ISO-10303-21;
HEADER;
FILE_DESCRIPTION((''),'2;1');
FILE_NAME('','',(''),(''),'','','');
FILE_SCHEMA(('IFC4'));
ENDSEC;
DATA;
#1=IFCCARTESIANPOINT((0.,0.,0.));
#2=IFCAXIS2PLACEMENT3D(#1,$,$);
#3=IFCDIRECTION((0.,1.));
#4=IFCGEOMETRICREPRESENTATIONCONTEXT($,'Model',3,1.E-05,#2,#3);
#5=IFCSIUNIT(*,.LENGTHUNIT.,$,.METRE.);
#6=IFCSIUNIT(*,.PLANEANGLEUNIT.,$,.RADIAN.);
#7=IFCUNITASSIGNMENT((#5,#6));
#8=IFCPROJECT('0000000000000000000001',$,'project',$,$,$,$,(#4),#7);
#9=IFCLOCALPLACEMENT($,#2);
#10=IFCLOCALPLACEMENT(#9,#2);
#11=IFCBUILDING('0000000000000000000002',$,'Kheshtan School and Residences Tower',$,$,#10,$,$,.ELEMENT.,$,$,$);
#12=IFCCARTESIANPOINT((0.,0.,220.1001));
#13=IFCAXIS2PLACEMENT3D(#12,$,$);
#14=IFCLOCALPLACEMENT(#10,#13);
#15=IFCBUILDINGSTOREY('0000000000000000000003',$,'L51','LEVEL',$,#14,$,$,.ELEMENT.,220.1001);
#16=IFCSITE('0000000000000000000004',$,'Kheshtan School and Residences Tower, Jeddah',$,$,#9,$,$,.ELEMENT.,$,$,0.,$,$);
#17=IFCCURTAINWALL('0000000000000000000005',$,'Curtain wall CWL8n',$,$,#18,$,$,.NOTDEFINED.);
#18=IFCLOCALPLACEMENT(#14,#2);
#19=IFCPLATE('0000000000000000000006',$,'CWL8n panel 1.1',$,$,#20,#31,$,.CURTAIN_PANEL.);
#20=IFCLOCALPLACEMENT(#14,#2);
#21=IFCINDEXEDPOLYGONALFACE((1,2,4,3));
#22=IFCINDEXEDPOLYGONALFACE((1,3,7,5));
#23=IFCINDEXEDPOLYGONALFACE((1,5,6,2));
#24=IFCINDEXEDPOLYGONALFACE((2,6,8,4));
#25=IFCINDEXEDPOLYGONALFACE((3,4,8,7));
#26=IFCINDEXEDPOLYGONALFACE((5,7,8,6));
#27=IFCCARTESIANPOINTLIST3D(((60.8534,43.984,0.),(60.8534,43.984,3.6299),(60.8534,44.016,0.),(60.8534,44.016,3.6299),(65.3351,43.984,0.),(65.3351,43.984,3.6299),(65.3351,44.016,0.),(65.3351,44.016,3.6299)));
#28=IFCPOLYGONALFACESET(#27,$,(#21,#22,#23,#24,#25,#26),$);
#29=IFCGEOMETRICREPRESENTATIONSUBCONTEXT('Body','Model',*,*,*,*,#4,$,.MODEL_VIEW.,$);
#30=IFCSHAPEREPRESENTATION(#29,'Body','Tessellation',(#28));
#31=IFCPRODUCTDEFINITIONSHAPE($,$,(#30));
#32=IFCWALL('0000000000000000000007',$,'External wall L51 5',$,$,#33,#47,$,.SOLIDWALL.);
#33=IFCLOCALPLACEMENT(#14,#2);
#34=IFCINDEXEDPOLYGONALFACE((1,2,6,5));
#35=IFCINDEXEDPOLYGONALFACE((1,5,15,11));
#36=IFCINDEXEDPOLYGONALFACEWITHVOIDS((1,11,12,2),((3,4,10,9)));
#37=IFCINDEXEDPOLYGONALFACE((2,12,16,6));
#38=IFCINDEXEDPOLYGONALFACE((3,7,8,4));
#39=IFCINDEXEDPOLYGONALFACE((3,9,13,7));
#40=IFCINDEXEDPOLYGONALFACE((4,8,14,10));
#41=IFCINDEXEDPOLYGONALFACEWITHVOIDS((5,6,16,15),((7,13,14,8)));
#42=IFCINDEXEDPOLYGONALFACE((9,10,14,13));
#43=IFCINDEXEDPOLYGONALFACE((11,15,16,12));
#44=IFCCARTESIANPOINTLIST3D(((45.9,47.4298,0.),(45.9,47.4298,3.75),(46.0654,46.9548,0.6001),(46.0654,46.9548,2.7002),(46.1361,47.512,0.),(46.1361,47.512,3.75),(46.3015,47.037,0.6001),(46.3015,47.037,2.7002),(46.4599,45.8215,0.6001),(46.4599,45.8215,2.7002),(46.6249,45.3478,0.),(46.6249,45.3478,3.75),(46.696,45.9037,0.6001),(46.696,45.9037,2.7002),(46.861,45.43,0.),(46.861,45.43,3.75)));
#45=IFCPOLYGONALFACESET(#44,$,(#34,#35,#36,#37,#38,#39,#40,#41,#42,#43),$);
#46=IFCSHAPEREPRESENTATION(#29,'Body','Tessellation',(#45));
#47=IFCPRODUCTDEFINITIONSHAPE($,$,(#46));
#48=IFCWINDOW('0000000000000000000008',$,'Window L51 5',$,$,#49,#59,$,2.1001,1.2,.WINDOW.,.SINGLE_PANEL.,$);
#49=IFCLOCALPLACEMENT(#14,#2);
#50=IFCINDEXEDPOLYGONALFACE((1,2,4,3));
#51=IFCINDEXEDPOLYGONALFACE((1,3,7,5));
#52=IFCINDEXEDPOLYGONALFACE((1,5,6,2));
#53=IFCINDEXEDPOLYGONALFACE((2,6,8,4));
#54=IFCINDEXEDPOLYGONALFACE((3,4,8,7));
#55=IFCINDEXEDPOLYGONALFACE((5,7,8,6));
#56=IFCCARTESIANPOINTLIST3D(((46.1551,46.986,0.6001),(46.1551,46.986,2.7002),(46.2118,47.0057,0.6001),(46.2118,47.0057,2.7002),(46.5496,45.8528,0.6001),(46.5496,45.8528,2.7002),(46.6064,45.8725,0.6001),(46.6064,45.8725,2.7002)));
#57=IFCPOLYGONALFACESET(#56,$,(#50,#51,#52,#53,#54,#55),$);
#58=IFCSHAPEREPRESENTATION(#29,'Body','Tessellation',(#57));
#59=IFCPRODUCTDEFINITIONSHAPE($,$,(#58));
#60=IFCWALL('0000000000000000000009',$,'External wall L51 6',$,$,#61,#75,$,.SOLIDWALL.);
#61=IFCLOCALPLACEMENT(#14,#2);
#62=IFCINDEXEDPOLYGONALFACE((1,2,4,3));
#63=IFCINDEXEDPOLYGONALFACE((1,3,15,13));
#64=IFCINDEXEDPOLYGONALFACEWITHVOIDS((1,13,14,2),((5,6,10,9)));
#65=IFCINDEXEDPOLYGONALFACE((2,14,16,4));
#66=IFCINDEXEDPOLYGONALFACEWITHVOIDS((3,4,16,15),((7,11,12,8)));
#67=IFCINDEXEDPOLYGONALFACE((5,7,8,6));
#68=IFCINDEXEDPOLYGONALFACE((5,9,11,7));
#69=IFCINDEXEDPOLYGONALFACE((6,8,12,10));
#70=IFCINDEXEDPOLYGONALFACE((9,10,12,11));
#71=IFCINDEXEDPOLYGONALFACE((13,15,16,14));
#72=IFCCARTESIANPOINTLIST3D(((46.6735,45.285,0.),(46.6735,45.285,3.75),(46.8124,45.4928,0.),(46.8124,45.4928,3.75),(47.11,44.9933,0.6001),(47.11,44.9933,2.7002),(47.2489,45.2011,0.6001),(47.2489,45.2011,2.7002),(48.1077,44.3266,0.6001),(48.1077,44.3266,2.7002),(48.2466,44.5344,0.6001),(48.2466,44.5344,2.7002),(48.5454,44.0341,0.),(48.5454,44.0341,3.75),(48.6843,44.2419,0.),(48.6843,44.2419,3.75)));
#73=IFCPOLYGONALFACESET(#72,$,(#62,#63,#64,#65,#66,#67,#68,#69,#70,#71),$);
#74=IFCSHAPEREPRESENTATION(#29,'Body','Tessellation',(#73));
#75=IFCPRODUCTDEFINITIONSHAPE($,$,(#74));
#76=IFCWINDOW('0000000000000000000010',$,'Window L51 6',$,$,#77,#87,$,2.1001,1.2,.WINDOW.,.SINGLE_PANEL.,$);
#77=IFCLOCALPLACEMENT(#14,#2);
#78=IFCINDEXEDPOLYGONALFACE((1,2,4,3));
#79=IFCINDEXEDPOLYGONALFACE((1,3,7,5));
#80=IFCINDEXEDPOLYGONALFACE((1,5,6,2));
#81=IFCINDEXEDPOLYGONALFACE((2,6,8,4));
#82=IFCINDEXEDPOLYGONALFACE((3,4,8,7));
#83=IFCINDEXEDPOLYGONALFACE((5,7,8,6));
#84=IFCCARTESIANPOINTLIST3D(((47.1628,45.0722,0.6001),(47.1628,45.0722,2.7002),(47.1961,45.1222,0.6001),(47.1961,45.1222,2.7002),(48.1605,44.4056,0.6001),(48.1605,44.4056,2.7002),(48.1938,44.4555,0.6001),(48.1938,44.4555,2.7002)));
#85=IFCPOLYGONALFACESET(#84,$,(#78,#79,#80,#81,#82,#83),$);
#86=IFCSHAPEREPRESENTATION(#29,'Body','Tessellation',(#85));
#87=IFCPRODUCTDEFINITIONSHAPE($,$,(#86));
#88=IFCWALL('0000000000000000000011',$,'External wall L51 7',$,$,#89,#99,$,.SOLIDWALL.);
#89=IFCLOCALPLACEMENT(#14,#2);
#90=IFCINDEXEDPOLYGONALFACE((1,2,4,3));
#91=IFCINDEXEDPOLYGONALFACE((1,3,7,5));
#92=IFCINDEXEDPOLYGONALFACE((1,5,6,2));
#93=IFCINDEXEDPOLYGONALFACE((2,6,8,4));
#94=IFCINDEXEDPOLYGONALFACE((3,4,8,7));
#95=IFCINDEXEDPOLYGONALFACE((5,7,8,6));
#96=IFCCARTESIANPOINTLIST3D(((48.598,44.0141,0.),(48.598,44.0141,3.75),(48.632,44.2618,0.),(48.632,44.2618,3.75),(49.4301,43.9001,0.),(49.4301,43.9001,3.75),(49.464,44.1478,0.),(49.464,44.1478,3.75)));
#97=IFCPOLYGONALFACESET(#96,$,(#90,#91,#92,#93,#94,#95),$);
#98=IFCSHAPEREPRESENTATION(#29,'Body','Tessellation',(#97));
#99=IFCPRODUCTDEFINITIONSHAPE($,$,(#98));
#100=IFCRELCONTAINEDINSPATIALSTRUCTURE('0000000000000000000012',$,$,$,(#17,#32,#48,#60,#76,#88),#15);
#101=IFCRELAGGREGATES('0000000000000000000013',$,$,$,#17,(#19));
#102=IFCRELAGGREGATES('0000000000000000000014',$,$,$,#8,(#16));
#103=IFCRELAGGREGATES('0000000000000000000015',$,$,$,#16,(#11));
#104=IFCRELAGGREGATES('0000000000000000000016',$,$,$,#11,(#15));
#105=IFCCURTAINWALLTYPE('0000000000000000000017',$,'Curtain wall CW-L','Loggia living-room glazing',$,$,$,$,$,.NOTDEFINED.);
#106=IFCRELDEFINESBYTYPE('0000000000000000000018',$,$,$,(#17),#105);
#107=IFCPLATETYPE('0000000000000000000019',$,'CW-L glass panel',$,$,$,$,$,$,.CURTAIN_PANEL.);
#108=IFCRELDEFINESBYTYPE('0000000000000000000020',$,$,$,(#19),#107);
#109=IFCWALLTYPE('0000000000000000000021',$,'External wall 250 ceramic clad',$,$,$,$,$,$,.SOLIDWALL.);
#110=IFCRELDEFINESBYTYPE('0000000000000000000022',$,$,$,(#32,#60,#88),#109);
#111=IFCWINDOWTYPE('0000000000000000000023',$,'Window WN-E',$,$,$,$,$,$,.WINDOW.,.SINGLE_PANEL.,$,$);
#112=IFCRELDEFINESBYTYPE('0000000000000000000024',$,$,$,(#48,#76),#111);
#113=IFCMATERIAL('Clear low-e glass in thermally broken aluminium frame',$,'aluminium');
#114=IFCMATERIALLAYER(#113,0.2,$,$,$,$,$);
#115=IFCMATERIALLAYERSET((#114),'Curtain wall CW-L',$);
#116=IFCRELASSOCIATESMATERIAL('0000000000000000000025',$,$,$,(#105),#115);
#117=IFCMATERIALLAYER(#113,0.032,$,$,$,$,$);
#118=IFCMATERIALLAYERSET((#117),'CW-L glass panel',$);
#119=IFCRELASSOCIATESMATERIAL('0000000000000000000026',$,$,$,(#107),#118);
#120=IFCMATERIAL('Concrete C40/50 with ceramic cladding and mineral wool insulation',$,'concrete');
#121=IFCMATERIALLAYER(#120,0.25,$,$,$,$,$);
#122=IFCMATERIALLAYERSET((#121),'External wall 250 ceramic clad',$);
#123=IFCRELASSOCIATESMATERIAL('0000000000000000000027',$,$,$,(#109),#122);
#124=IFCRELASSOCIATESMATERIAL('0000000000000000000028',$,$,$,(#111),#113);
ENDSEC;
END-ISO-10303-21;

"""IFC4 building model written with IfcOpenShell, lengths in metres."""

from ifc_helpers import new_model, si_unit, direction, frame, frame_2d, origin, origin_2d, place, context, subcontext, project, spatial, rectangle, extrude, source, transform, mapped, material, layer, layer_set, type_object, element, fill, aggregate, save


model = new_model("IFC4")

# Units and contexts
model_context = context("Model", 3, precision=1e-05, world=origin(), true_north=direction((0.0, 1.0)))
body_context = subcontext(model_context, "Body", "Model", "MODEL_VIEW")
ifc_project = project(units=[si_unit("LENGTHUNIT", "METRE"), si_unit("PLANEANGLEUNIT", "RADIAN")], contexts=[model_context])

# Site, building, storey
site_placement = place(None, origin())
site = spatial("IfcSite", under=ifc_project, at=site_placement, Name="Kheshtan School and Residences Tower, Jeddah", CompositionType="ELEMENT", RefElevation=0.0)
building_placement = place(site_placement, origin())
building = spatial("IfcBuilding", under=site, at=building_placement, Name="Kheshtan School and Residences Tower", CompositionType="ELEMENT")
storey_placement = place(building_placement, frame((0.0, 0.0, 220.1001)))
storey = spatial("IfcBuildingStorey", under=building, at=storey_placement, Name="L51", Description="LEVEL", CompositionType="ELEMENT", Elevation=220.1001)

# Shared definitions
ifc_material_1 = material(Name="Clear low-e glass in thermally broken aluminium frame", Category="aluminium")
ifc_layer_1 = layer(ifc_material_1, 0.2)
ifc_layer_set_1 = layer_set([ifc_layer_1], Name="Curtain wall CW-L")
curtain_wall_type = type_object("IfcCurtainWallType", Name="Curtain wall CW-L", Description="Loggia living-room glazing", PredefinedType="NOTDEFINED", material=ifc_layer_set_1)
ifc_layer_2 = layer(ifc_material_1, 0.032)
ifc_layer_set_2 = layer_set([ifc_layer_2], Name="CW-L glass panel")
plate_type = type_object("IfcPlateType", Name="CW-L glass panel", PredefinedType="CURTAIN_PANEL", material=ifc_layer_set_2)

# Curtain wall, plate
curtain_wall_1_placement = place(storey_placement, origin())
curtain_wall_1 = element("IfcCurtainWall", 1, at=curtain_wall_1_placement, inside=storey, type_object=curtain_wall_type, Name="Curtain wall CWL8n", PredefinedType="NOTDEFINED")
plate_1_placement = place(storey_placement, frame((63.0942, 44.0, 0.0), z_axis=(0.0, 0.0, 1.0), x_axis=(1.0, 0.0, 0.0)))
plate_1 = element("IfcPlate", 2, at=plate_1_placement, type_object=plate_type, Name="CWL8n panel 1.1", PredefinedType="CURTAIN_PANEL", context=body_context, shape_type="SweptSolid", body=[
    extrude(rectangle(XDim=4.4817, YDim=0.032, at=origin_2d()), origin(), (0.0, 0.0, 1.0), 3.6299),
])
aggregate(curtain_wall_1, [plate_1])

# Walls, openings, windows
ifc_material_2 = material(Name="Concrete C40/50 with ceramic cladding and mineral wool insulation", Category="concrete")
ifc_layer_3 = layer(ifc_material_2, 0.25)
ifc_layer_set_3 = layer_set([ifc_layer_3], Name="External wall 250 ceramic clad")
wall_type_1 = type_object("IfcWallType", Name="External wall 250 ceramic clad", PredefinedType="SOLIDWALL", material=ifc_layer_set_3)
wall_1_placement = place(storey_placement, frame((46.0181, 47.4709, 0.0), z_axis=(0.0, 0.0, 1.0), x_axis=(0.328791, -0.944403, 0.0)))
wall_1 = element("IfcWall", 3, at=wall_1_placement, inside=storey, type_object=wall_type_1, Name="External wall L51 5", PredefinedType="SOLIDWALL", context=body_context, shape_type="SweptSolid", body=[
    extrude(rectangle(XDim=2.2046, YDim=0.25, at=frame_2d((1.1023, 0.0))), origin(), (0.0, 0.0, 1.0), 3.75),
])
opening_1_placement = place(wall_1_placement, frame((0.5029, 0.0, 0.6001)))
opening_1 = element("IfcOpeningElement", 4, at=opening_1_placement, cuts=wall_1, PredefinedType="OPENING", context=body_context, shape_type="SweptSolid", body=[
    extrude(rectangle(XDim=1.2, YDim=2.1001, at=frame_2d((0.6001, 1.05))), frame((0.0, 0.135, 0.0), z_axis=(0.0, -1.0, 0.0), x_axis=(1.0, 0.0, 0.0)), (0.0, 0.0, 1.0), 0.27),
])
window_type = type_object("IfcWindowType", Name="Window WN-E", PartitioningType="SINGLE_PANEL", PredefinedType="WINDOW", material=ifc_material_1)
shared_shape_1 = source(origin(), body_context, "Body", "SweptSolid", [
    extrude(rectangle(XDim=1.2, YDim=2.1001, at=frame_2d((0.6001, 1.05))), frame((0.0, 0.03, 0.0), z_axis=(0.0, -1.0, 0.0), x_axis=(1.0, 0.0, 0.0)), (0.0, 0.0, 1.0), 0.0601),
])
window_1_placement = place(opening_1_placement, origin())
window_1 = element("IfcWindow", 5, at=window_1_placement, inside=storey, type_object=window_type, Name="Window L51 5", OverallHeight=2.1001, OverallWidth=1.2, PartitioningType="SINGLE_PANEL", PredefinedType="WINDOW", context=body_context, shape_type="MappedRepresentation", body=[
    mapped(shared_shape_1, transform((0.0, 0.0, 0.0), x_axis=(1.0, 0.0, 0.0), y_axis=(0.0, 1.0, 0.0), z_axis=(0.0, 0.0, 1.0), scale=1.0)),
])
fill(opening_1, window_1)
wall_2_placement = place(storey_placement, frame((46.7429, 45.3889, 0.0), z_axis=(0.0, 0.0, 1.0), x_axis=(0.831449, -0.555601, 0.0)))
wall_2 = element("IfcWall", 6, at=wall_2_placement, inside=storey, type_object=wall_type_1, Name="External wall L51 6", PredefinedType="SOLIDWALL", context=body_context, shape_type="SweptSolid", body=[
    extrude(rectangle(XDim=2.2515, YDim=0.25, at=frame_2d((1.1257, 0.0))), origin(), (0.0, 0.0, 1.0), 3.75),
])
opening_2_placement = place(wall_2_placement, frame((0.5249, 0.0, 0.6001)))
opening_2 = element("IfcOpeningElement", 7, at=opening_2_placement, cuts=wall_2, PredefinedType="OPENING", context=body_context, shape_type="SweptSolid", body=[
    extrude(rectangle(XDim=1.2, YDim=2.1001, at=frame_2d((0.6001, 1.05))), frame((0.0, 0.135, 0.0), z_axis=(0.0, -1.0, 0.0), x_axis=(1.0, 0.0, 0.0)), (0.0, 0.0, 1.0), 0.27),
])
window_2_placement = place(opening_2_placement, origin())
window_2 = element("IfcWindow", 8, at=window_2_placement, inside=storey, type_object=window_type, Name="Window L51 6", OverallHeight=2.1001, OverallWidth=1.2, PartitioningType="SINGLE_PANEL", PredefinedType="WINDOW", context=body_context, shape_type="MappedRepresentation", body=[
    mapped(shared_shape_1, transform((0.0, 0.0, 0.0), x_axis=(1.0, 0.0, 0.0), y_axis=(0.0, 1.0, 0.0), z_axis=(0.0, 0.0, 1.0), scale=1.0)),
])
fill(opening_2, window_2)

# Wall
wall_3_placement = place(storey_placement, frame((48.615, 44.1379, 0.0), z_axis=(0.0, 0.0, 1.0), x_axis=(0.990742, -0.135762, 0.0)))
element("IfcWall", 9, at=wall_3_placement, inside=storey, type_object=wall_type_1, Name="External wall L51 7", PredefinedType="SOLIDWALL", context=body_context, shape_type="SweptSolid", body=[
    extrude(rectangle(XDim=0.8398, YDim=0.25, at=frame_2d((0.4199, 0.0))), origin(), (0.0, 0.0, 1.0), 3.75),
])

save(model, "model.ifc")
